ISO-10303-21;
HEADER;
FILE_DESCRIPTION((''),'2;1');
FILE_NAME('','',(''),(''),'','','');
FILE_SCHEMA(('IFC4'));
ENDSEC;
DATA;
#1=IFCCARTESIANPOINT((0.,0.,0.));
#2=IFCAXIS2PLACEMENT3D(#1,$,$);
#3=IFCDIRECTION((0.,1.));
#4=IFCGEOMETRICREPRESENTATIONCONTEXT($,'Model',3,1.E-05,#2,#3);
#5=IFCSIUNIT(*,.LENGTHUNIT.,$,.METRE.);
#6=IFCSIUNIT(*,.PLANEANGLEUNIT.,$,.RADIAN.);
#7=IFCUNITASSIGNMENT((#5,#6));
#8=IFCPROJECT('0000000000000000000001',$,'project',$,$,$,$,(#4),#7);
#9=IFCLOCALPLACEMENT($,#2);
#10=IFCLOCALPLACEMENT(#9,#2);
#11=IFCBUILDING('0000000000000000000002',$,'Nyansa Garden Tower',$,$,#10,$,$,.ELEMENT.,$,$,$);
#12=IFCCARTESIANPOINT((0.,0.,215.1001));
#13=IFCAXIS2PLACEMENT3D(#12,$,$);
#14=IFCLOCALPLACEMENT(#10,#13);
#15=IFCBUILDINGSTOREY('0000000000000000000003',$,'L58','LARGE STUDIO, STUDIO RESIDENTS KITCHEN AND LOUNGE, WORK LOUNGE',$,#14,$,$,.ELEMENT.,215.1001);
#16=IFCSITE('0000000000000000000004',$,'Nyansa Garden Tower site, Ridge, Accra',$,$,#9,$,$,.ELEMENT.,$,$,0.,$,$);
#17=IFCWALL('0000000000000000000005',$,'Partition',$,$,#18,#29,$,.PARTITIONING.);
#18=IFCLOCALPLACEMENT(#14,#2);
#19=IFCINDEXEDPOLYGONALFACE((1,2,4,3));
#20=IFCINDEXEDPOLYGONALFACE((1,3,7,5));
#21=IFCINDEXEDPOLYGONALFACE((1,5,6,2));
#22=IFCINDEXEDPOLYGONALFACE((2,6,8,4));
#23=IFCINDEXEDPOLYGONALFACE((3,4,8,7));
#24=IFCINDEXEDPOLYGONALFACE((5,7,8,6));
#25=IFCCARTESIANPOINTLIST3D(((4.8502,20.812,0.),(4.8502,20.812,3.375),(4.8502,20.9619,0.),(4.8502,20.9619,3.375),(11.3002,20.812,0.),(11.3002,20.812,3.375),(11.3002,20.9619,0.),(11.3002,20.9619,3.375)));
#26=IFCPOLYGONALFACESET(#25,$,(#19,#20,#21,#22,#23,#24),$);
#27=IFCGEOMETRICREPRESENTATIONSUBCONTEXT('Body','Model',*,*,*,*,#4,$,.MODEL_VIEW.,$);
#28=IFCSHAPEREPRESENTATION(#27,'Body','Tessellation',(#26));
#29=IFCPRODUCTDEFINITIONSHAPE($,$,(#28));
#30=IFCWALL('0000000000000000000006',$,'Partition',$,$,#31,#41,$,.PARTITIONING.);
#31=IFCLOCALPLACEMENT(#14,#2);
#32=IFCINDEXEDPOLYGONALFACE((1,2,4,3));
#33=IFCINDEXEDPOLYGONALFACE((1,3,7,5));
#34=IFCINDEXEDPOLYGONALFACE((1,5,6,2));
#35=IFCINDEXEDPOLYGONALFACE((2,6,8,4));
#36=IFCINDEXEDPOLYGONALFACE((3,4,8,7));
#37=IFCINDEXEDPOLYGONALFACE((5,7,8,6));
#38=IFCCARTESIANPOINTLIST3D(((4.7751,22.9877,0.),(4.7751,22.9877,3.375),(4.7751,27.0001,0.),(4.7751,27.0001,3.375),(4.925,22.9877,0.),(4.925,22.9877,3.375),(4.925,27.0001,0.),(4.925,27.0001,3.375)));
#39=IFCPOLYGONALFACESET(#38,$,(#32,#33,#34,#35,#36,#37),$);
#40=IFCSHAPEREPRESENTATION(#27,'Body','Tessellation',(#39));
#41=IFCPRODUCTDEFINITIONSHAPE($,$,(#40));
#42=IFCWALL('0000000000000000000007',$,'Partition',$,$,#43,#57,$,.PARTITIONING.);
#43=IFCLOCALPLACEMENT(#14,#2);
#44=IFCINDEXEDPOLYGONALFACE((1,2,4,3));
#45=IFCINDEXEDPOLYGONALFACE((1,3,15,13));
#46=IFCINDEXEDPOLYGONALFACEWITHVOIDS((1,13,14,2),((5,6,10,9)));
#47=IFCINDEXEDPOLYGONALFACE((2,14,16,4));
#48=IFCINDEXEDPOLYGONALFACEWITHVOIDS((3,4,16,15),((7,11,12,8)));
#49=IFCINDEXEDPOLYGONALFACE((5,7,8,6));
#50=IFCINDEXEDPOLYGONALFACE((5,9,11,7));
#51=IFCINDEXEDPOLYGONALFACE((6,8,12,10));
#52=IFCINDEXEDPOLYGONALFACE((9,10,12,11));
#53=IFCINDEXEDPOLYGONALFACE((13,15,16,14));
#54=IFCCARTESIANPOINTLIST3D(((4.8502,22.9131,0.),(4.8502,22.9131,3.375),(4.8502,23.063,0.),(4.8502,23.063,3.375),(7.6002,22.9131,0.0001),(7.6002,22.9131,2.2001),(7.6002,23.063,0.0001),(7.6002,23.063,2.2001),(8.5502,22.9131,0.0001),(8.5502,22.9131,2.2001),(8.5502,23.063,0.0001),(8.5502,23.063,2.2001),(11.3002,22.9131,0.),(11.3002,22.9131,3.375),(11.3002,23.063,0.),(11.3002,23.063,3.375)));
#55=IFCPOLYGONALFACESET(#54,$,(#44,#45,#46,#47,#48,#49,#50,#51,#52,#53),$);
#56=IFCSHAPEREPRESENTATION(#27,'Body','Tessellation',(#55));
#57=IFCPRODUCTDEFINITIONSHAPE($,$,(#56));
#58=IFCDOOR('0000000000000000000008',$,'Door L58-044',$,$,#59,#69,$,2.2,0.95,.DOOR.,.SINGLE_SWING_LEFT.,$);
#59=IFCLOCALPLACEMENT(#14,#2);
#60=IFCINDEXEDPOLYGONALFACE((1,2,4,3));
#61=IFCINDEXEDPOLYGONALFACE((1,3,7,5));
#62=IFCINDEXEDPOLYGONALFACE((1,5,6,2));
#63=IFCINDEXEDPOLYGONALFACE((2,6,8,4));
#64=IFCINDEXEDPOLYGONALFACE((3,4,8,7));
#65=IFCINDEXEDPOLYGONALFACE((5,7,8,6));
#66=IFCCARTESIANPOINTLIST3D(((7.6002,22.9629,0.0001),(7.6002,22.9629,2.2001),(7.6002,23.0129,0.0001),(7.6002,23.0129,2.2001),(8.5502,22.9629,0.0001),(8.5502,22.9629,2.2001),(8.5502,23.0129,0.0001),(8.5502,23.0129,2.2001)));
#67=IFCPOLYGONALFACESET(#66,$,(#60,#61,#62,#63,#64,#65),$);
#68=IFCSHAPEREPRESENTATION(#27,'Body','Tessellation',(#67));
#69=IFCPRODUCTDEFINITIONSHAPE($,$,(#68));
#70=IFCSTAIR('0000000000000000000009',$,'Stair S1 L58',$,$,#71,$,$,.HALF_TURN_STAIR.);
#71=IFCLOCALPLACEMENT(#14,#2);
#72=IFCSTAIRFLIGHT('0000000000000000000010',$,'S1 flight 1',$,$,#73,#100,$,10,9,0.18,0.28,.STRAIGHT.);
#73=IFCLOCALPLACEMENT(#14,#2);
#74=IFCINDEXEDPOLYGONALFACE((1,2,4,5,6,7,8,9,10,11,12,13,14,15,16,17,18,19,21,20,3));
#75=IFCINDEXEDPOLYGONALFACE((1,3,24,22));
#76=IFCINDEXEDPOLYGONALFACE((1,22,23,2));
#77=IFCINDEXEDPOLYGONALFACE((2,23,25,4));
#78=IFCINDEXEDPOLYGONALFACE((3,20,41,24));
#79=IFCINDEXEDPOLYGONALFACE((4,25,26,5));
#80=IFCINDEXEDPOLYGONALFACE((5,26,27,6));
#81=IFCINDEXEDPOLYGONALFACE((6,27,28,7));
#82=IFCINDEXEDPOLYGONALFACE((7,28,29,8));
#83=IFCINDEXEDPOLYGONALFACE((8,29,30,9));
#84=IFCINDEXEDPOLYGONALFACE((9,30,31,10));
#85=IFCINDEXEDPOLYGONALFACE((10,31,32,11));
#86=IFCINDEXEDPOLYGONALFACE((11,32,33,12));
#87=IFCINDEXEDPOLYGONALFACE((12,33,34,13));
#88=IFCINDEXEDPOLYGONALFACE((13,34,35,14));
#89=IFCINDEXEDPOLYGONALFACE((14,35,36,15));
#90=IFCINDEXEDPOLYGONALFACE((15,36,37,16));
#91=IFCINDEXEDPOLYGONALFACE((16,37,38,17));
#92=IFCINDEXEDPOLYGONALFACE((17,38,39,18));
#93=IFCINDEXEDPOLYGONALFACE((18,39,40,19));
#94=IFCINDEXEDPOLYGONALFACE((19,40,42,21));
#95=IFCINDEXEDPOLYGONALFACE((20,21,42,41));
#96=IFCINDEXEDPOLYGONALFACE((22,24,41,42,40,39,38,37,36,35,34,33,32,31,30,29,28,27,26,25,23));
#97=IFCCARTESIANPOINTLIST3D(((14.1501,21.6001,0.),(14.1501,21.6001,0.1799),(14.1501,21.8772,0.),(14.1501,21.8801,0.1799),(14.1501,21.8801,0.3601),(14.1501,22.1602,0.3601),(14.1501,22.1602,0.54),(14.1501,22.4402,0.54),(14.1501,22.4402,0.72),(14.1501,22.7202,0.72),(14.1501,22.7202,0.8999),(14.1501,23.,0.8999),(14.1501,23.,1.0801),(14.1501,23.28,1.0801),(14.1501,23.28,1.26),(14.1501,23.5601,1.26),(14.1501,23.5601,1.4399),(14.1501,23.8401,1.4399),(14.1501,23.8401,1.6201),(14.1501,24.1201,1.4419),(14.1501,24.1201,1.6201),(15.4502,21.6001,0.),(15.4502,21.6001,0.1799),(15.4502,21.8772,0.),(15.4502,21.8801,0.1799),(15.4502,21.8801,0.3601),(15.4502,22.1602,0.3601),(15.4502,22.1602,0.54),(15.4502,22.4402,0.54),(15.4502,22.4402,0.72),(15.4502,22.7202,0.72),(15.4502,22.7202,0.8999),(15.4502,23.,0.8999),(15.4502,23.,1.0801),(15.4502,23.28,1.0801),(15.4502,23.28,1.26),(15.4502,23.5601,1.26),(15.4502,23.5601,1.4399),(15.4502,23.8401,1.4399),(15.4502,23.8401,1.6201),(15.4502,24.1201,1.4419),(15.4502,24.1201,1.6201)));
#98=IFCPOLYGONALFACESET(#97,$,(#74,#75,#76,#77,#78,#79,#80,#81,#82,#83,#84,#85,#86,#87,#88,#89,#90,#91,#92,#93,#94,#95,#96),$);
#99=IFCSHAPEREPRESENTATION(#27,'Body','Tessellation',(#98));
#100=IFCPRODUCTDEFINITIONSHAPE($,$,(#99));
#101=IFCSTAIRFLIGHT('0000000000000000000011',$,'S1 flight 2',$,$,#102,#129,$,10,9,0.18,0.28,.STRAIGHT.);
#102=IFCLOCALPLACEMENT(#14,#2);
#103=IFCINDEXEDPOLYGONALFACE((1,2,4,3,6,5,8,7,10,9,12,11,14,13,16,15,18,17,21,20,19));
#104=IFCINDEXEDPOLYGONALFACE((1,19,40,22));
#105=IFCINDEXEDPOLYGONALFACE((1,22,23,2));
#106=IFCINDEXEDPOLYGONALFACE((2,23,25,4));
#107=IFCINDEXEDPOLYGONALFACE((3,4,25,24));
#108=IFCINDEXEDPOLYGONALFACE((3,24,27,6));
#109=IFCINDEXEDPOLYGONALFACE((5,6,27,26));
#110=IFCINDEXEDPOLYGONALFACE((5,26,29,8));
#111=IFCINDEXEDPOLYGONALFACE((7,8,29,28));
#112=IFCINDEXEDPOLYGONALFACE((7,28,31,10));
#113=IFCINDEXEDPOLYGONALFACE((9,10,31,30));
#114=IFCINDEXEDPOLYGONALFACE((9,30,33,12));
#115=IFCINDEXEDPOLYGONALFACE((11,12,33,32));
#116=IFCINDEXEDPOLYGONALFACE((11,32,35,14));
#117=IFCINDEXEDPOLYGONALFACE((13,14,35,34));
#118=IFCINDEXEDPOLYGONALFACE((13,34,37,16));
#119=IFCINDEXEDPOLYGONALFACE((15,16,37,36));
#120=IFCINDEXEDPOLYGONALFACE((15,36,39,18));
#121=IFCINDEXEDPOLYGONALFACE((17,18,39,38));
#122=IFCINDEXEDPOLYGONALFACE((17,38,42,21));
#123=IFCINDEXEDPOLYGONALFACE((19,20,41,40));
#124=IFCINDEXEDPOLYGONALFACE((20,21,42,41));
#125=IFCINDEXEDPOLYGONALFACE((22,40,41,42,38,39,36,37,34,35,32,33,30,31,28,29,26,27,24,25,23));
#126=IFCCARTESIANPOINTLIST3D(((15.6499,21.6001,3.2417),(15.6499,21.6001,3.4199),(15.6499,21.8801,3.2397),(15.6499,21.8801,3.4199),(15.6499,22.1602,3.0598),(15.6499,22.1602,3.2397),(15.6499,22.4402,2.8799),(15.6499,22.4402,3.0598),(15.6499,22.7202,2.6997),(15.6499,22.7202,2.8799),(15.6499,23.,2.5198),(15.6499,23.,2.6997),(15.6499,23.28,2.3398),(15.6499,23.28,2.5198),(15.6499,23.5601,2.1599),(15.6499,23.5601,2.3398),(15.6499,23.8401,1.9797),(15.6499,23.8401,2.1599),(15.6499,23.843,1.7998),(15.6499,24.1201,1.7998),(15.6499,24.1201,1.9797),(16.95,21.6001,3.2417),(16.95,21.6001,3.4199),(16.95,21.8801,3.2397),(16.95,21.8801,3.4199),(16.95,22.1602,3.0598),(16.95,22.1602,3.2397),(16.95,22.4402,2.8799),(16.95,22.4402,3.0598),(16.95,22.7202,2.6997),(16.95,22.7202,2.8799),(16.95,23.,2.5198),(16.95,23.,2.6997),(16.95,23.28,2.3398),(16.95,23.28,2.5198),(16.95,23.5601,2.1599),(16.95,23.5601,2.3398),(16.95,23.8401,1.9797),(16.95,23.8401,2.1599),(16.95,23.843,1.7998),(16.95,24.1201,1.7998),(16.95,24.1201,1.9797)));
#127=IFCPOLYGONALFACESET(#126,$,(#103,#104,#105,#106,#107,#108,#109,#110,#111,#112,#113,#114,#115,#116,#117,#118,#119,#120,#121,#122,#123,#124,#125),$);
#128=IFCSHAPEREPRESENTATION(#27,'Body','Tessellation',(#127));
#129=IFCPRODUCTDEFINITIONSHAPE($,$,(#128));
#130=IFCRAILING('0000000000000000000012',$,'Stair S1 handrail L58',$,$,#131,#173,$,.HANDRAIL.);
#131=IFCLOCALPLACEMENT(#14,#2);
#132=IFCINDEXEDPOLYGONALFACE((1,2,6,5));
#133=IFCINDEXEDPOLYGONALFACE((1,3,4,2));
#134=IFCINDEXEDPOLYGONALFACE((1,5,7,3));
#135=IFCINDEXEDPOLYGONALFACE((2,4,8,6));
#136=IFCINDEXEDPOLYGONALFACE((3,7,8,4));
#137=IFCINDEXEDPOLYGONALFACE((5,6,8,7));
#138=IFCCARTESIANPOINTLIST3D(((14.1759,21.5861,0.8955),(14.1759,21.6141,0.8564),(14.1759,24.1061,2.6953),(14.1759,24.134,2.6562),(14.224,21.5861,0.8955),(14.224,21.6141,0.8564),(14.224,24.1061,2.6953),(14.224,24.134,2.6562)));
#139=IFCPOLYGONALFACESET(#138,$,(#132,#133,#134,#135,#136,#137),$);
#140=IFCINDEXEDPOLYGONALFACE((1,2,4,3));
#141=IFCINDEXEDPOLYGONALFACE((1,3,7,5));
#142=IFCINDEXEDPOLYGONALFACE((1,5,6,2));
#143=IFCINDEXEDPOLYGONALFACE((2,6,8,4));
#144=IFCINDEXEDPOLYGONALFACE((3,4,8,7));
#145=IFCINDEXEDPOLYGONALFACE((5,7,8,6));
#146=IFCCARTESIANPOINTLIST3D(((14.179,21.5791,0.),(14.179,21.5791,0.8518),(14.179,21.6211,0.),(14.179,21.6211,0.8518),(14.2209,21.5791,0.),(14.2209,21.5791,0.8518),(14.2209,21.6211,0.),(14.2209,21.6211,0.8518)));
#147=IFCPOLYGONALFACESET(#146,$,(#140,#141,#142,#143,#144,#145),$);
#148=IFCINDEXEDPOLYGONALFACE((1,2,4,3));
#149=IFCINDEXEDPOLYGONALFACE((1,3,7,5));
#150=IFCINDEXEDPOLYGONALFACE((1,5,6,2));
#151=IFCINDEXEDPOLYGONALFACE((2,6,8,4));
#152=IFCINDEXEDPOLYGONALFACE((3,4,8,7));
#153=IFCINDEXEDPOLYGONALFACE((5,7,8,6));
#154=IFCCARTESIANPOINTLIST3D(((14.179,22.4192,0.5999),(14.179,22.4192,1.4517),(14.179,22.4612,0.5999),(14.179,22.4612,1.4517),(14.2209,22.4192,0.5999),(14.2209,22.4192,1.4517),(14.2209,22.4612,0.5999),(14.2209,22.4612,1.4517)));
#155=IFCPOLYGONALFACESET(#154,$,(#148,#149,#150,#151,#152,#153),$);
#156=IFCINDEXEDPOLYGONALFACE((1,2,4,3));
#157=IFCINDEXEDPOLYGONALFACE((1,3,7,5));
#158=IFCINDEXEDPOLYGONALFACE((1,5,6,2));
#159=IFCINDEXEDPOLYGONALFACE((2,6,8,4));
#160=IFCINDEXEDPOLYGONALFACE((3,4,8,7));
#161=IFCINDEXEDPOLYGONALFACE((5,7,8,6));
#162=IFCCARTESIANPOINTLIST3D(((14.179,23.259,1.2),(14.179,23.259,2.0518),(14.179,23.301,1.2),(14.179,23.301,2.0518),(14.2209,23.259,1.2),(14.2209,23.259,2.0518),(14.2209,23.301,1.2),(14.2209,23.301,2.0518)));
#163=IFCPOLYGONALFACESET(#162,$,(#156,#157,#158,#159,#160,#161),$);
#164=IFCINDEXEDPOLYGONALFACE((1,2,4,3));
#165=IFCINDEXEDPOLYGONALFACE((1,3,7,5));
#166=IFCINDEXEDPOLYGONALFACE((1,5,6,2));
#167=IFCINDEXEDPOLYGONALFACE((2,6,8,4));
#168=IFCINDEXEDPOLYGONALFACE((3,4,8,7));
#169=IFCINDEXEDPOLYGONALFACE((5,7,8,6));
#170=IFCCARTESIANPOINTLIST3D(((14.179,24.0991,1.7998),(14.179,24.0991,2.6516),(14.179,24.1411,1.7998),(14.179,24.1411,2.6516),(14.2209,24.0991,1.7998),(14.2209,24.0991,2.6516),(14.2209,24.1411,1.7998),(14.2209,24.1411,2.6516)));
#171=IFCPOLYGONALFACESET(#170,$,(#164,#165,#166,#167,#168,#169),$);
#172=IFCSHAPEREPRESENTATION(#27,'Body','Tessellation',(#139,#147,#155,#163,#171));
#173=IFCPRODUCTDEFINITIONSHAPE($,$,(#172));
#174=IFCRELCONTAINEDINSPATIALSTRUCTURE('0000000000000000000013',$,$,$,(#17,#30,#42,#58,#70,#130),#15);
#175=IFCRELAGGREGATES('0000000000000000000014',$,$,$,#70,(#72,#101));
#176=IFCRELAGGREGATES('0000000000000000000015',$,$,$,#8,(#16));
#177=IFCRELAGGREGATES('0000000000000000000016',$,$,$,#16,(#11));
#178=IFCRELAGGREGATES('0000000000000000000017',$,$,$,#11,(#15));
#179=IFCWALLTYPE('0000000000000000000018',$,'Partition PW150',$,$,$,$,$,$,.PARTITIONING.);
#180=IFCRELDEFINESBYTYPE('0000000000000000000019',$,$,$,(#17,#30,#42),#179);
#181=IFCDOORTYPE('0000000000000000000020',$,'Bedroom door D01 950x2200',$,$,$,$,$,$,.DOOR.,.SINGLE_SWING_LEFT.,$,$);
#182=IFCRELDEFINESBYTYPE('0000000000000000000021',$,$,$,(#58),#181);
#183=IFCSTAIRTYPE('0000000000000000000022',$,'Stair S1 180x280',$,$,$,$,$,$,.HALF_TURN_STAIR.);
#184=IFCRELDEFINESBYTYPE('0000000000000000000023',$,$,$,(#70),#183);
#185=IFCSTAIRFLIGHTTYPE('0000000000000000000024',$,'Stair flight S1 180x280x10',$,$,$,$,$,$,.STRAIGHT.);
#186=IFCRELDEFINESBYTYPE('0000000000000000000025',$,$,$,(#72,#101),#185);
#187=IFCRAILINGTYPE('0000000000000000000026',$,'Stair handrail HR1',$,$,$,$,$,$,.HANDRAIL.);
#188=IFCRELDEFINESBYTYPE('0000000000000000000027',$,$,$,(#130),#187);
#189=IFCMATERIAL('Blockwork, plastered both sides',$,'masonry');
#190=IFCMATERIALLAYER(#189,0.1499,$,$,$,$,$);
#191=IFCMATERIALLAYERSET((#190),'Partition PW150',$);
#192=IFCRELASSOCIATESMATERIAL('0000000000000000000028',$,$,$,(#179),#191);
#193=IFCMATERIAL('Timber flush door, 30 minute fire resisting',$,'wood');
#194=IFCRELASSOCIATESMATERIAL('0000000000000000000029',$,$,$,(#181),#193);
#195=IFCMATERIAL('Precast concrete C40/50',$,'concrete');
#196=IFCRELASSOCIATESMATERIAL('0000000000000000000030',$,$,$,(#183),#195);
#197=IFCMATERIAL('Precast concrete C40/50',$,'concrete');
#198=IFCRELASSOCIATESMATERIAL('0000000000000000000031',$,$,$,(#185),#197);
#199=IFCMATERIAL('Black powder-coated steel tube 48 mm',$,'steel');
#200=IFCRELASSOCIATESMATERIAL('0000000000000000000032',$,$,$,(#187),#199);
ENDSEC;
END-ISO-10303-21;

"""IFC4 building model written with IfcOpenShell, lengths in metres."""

from ifc_helpers import new_model, si_unit, direction, frame, frame_2d, origin, origin_2d, place, context, subcontext, project, spatial, polyline, rectangle, outline, extrude, material, layer, layer_set, type_object, element, fill, aggregate, save


model = new_model("IFC4")

# Units and contexts
model_context = context("Model", 3, precision=1e-05, world=origin(), true_north=direction((0.0, 1.0)))
body_context = subcontext(model_context, "Body", "Model", "MODEL_VIEW")
ifc_project = project(units=[si_unit("LENGTHUNIT", "METRE"), si_unit("PLANEANGLEUNIT", "RADIAN")], contexts=[model_context])

# Site, building, storey
site_placement = place(None, origin())
site = spatial("IfcSite", under=ifc_project, at=site_placement, Name="Nyansa Garden Tower site, Ridge, Accra", CompositionType="ELEMENT", RefElevation=0.0)
building_placement = place(site_placement, origin())
building = spatial("IfcBuilding", under=site, at=building_placement, Name="Nyansa Garden Tower", CompositionType="ELEMENT")
storey_placement = place(building_placement, frame((0.0, 0.0, 215.1001)))
storey = spatial("IfcBuildingStorey", under=building, at=storey_placement, Name="L58", Description="LARGE STUDIO, STUDIO RESIDENTS KITCHEN AND LOUNGE, WORK LOUNGE", CompositionType="ELEMENT", Elevation=215.1001)

# Walls
ifc_material_1 = material(Name="Blockwork, plastered both sides", Category="masonry")
ifc_layer_1 = layer(ifc_material_1, 0.1499)
ifc_layer_set_1 = layer_set([ifc_layer_1], Name="Partition PW150")
wall_type_1 = type_object("IfcWallType", Name="Partition PW150", PredefinedType="PARTITIONING", material=ifc_layer_set_1)
wall_1_placement = place(storey_placement, frame((4.8501, 20.887, 0.0), z_axis=(0.0, 0.0, 1.0), x_axis=(1.0, 0.0, 0.0)))
element("IfcWall", 1, at=wall_1_placement, inside=storey, type_object=wall_type_1, Name="Partition", PredefinedType="PARTITIONING", context=body_context, shape_type="SweptSolid", body=[
    extrude(rectangle(XDim=6.45, YDim=0.1499, at=frame_2d((3.2251, 0.0))), origin(), (0.0, 0.0, 1.0), 3.375),
])
wall_2_placement = place(storey_placement, frame((4.8501, 22.9875, 0.0), z_axis=(0.0, 0.0, 1.0), x_axis=(0.0, 1.0, 0.0)))
element("IfcWall", 2, at=wall_2_placement, inside=storey, type_object=wall_type_1, Name="Partition", PredefinedType="PARTITIONING", context=body_context, shape_type="SweptSolid", body=[
    extrude(rectangle(XDim=4.0125, YDim=0.1499, at=frame_2d((2.0063, 0.0))), origin(), (0.0, 0.0, 1.0), 3.375),
])

# Wall, opening, door
wall_3_placement = place(storey_placement, frame((4.8501, 22.988, 0.0), z_axis=(0.0, 0.0, 1.0), x_axis=(1.0, 0.0, 0.0)))
wall_3 = element("IfcWall", 3, at=wall_3_placement, inside=storey, type_object=wall_type_1, Name="Partition", PredefinedType="PARTITIONING", context=body_context, shape_type="SweptSolid", body=[
    extrude(rectangle(XDim=6.45, YDim=0.1499, at=frame_2d((3.2251, 0.0))), origin(), (0.0, 0.0, 1.0), 3.375),
])
opening_1_placement = place(wall_3_placement, frame((2.75, 0.0, 0.0)))
opening_1 = element("IfcOpeningElement", 4, at=opening_1_placement, cuts=wall_3, PredefinedType="OPENING", context=body_context, shape_type="SweptSolid", body=[
    extrude(rectangle(XDim=0.95, YDim=2.2, at=frame_2d((0.4751, 1.1001))), frame((0.0, 0.085, 0.0), z_axis=(0.0, -1.0, 0.0), x_axis=(1.0, 0.0, 0.0)), (0.0, 0.0, 1.0), 0.1699),
])
ifc_material_2 = material(Name="Timber flush door, 30 minute fire resisting", Category="wood")
door_type_1 = type_object("IfcDoorType", Name="Bedroom door D01 950x2200", OperationType="SINGLE_SWING_LEFT", PredefinedType="DOOR", material=ifc_material_2)
door_1_placement = place(opening_1_placement, origin())
door_1 = element("IfcDoor", 5, at=door_1_placement, inside=storey, type_object=door_type_1, Name="Door L58-044", OperationType="SINGLE_SWING_LEFT", OverallHeight=2.2, OverallWidth=0.95, PredefinedType="DOOR", context=body_context, shape_type="SweptSolid", body=[
    extrude(rectangle(XDim=0.95, YDim=2.2, at=frame_2d((0.4751, 1.1001))), frame((0.0, 0.0249, 0.0), z_axis=(0.0, -1.0, 0.0), x_axis=(1.0, 0.0, 0.0)), (0.0, 0.0, 1.0), 0.05),
])
fill(opening_1, door_1)

# Stair, stair flights
ifc_material_3 = material(Name="Precast concrete C40/50", Category="concrete")
stair_type = type_object("IfcStairType", Name="Stair S1 180x280", PredefinedType="HALF_TURN_STAIR", material=ifc_material_3)
stair_placement = place(storey_placement, origin())
stair = element("IfcStair", 6, at=stair_placement, inside=storey, type_object=stair_type, Name="Stair S1 L58", PredefinedType="HALF_TURN_STAIR")
ifc_material_4 = material(Name="Precast concrete C40/50", Category="concrete")
stair_flight_type = type_object("IfcStairFlightType", Name="Stair flight S1 180x280x10", PredefinedType="STRAIGHT", material=ifc_material_4)
stair_flight_1_placement = place(storey_placement, frame((14.8, 21.6001, 0.0), z_axis=(0.0, 0.0, 1.0), x_axis=(0.0, 1.0, 0.0)))
stair_flight_1 = element("IfcStairFlight", 7, at=stair_flight_1_placement, type_object=stair_flight_type, Name="S1 flight 1", NumberOfRisers=10, NumberOfTreads=9, PredefinedType="STRAIGHT", RiserHeight=0.18, TreadLength=0.28, context=body_context, shape_type="SweptSolid", body=[
    extrude(outline(polyline([(0.0, 0.0), (0.0, 0.1799), (0.28, 0.1799), (0.28, 0.3601), (0.5601, 0.3601), (0.5601, 0.54), (0.8401, 0.54), (0.8401, 0.72), (1.1201, 0.72), (1.1201, 0.8999), (1.3999, 0.8999), (1.3999, 1.0801), (1.6799, 1.0801), (1.6799, 1.26), (1.96, 1.26), (1.96, 1.4399), (2.24, 1.4399), (2.24, 1.6201), (2.52, 1.6201), (2.52, 1.8), (2.52, 1.4419), (0.2771, 0.0), (0.0, 0.0)])), frame((0.0, 0.6499, 0.0), z_axis=(0.0, -1.0, 0.0), x_axis=(1.0, 0.0, 0.0)), (0.0, 0.0, 1.0), 1.3),
])
stair_flight_2_placement = place(storey_placement, frame((16.3, 24.1201, 1.7998), z_axis=(0.0, 0.0, 1.0), x_axis=(0.0, -1.0, 0.0)))
stair_flight_2 = element("IfcStairFlight", 8, at=stair_flight_2_placement, type_object=stair_flight_type, Name="S1 flight 2", NumberOfRisers=10, NumberOfTreads=9, PredefinedType="STRAIGHT", RiserHeight=0.18, TreadLength=0.28, context=body_context, shape_type="SweptSolid", body=[
    extrude(outline(polyline([(0.0, 0.0), (0.0, 0.1799), (0.28, 0.1799), (0.28, 0.3601), (0.5601, 0.3601), (0.5601, 0.54), (0.8401, 0.54), (0.8401, 0.72), (1.1201, 0.72), (1.1201, 0.8999), (1.3999, 0.8999), (1.3999, 1.0801), (1.6799, 1.0801), (1.6799, 1.26), (1.96, 1.26), (1.96, 1.4399), (2.24, 1.4399), (2.24, 1.6201), (2.52, 1.6201), (2.52, 1.8), (2.52, 1.4419), (0.2771, 0.0), (0.0, 0.0)])), frame((0.0, 0.6499, 0.0), z_axis=(0.0, -1.0, 0.0), x_axis=(1.0, 0.0, 0.0)), (0.0, 0.0, 1.0), 1.3),
])
aggregate(stair, [stair_flight_1, stair_flight_2])

# Railing
ifc_material_5 = material(Name="Black powder-coated steel tube 48 mm", Category="steel")
railing_type = type_object("IfcRailingType", Name="Stair handrail HR1", PredefinedType="HANDRAIL", material=ifc_material_5)
railing_placement = place(storey_placement, frame((14.2, 21.6001, 0.0)))
element("IfcRailing", 9, at=railing_placement, inside=storey, type_object=railing_type, Name="Stair S1 handrail L58", PredefinedType="HANDRAIL", context=body_context, shape_type="SweptSolid", body=[
    extrude(rectangle(XDim=0.0481, YDim=0.0481, at=origin_2d()), frame((0.0, 0.0, 0.876), z_axis=(0.0, 0.813765, 0.581193), x_axis=(-1.0, 0.0, 0.0)), (0.0, 0.0, 1.0), 3.0967),
    extrude(rectangle(XDim=0.042, YDim=0.042, at=origin_2d()), origin(), (0.0, 0.0, 1.0), 0.8518),
    extrude(rectangle(XDim=0.042, YDim=0.042, at=origin_2d()), frame((0.0, 0.8401, 0.5999)), (0.0, 0.0, 1.0), 0.8518),
    extrude(rectangle(XDim=0.042, YDim=0.042, at=origin_2d()), frame((0.0, 1.6799, 1.2)), (0.0, 0.0, 1.0), 0.8518),
    extrude(rectangle(XDim=0.042, YDim=0.042, at=origin_2d()), frame((0.0, 2.52, 1.7998)), (0.0, 0.0, 1.0), 0.8518),
])

save(model, "model.ifc")
